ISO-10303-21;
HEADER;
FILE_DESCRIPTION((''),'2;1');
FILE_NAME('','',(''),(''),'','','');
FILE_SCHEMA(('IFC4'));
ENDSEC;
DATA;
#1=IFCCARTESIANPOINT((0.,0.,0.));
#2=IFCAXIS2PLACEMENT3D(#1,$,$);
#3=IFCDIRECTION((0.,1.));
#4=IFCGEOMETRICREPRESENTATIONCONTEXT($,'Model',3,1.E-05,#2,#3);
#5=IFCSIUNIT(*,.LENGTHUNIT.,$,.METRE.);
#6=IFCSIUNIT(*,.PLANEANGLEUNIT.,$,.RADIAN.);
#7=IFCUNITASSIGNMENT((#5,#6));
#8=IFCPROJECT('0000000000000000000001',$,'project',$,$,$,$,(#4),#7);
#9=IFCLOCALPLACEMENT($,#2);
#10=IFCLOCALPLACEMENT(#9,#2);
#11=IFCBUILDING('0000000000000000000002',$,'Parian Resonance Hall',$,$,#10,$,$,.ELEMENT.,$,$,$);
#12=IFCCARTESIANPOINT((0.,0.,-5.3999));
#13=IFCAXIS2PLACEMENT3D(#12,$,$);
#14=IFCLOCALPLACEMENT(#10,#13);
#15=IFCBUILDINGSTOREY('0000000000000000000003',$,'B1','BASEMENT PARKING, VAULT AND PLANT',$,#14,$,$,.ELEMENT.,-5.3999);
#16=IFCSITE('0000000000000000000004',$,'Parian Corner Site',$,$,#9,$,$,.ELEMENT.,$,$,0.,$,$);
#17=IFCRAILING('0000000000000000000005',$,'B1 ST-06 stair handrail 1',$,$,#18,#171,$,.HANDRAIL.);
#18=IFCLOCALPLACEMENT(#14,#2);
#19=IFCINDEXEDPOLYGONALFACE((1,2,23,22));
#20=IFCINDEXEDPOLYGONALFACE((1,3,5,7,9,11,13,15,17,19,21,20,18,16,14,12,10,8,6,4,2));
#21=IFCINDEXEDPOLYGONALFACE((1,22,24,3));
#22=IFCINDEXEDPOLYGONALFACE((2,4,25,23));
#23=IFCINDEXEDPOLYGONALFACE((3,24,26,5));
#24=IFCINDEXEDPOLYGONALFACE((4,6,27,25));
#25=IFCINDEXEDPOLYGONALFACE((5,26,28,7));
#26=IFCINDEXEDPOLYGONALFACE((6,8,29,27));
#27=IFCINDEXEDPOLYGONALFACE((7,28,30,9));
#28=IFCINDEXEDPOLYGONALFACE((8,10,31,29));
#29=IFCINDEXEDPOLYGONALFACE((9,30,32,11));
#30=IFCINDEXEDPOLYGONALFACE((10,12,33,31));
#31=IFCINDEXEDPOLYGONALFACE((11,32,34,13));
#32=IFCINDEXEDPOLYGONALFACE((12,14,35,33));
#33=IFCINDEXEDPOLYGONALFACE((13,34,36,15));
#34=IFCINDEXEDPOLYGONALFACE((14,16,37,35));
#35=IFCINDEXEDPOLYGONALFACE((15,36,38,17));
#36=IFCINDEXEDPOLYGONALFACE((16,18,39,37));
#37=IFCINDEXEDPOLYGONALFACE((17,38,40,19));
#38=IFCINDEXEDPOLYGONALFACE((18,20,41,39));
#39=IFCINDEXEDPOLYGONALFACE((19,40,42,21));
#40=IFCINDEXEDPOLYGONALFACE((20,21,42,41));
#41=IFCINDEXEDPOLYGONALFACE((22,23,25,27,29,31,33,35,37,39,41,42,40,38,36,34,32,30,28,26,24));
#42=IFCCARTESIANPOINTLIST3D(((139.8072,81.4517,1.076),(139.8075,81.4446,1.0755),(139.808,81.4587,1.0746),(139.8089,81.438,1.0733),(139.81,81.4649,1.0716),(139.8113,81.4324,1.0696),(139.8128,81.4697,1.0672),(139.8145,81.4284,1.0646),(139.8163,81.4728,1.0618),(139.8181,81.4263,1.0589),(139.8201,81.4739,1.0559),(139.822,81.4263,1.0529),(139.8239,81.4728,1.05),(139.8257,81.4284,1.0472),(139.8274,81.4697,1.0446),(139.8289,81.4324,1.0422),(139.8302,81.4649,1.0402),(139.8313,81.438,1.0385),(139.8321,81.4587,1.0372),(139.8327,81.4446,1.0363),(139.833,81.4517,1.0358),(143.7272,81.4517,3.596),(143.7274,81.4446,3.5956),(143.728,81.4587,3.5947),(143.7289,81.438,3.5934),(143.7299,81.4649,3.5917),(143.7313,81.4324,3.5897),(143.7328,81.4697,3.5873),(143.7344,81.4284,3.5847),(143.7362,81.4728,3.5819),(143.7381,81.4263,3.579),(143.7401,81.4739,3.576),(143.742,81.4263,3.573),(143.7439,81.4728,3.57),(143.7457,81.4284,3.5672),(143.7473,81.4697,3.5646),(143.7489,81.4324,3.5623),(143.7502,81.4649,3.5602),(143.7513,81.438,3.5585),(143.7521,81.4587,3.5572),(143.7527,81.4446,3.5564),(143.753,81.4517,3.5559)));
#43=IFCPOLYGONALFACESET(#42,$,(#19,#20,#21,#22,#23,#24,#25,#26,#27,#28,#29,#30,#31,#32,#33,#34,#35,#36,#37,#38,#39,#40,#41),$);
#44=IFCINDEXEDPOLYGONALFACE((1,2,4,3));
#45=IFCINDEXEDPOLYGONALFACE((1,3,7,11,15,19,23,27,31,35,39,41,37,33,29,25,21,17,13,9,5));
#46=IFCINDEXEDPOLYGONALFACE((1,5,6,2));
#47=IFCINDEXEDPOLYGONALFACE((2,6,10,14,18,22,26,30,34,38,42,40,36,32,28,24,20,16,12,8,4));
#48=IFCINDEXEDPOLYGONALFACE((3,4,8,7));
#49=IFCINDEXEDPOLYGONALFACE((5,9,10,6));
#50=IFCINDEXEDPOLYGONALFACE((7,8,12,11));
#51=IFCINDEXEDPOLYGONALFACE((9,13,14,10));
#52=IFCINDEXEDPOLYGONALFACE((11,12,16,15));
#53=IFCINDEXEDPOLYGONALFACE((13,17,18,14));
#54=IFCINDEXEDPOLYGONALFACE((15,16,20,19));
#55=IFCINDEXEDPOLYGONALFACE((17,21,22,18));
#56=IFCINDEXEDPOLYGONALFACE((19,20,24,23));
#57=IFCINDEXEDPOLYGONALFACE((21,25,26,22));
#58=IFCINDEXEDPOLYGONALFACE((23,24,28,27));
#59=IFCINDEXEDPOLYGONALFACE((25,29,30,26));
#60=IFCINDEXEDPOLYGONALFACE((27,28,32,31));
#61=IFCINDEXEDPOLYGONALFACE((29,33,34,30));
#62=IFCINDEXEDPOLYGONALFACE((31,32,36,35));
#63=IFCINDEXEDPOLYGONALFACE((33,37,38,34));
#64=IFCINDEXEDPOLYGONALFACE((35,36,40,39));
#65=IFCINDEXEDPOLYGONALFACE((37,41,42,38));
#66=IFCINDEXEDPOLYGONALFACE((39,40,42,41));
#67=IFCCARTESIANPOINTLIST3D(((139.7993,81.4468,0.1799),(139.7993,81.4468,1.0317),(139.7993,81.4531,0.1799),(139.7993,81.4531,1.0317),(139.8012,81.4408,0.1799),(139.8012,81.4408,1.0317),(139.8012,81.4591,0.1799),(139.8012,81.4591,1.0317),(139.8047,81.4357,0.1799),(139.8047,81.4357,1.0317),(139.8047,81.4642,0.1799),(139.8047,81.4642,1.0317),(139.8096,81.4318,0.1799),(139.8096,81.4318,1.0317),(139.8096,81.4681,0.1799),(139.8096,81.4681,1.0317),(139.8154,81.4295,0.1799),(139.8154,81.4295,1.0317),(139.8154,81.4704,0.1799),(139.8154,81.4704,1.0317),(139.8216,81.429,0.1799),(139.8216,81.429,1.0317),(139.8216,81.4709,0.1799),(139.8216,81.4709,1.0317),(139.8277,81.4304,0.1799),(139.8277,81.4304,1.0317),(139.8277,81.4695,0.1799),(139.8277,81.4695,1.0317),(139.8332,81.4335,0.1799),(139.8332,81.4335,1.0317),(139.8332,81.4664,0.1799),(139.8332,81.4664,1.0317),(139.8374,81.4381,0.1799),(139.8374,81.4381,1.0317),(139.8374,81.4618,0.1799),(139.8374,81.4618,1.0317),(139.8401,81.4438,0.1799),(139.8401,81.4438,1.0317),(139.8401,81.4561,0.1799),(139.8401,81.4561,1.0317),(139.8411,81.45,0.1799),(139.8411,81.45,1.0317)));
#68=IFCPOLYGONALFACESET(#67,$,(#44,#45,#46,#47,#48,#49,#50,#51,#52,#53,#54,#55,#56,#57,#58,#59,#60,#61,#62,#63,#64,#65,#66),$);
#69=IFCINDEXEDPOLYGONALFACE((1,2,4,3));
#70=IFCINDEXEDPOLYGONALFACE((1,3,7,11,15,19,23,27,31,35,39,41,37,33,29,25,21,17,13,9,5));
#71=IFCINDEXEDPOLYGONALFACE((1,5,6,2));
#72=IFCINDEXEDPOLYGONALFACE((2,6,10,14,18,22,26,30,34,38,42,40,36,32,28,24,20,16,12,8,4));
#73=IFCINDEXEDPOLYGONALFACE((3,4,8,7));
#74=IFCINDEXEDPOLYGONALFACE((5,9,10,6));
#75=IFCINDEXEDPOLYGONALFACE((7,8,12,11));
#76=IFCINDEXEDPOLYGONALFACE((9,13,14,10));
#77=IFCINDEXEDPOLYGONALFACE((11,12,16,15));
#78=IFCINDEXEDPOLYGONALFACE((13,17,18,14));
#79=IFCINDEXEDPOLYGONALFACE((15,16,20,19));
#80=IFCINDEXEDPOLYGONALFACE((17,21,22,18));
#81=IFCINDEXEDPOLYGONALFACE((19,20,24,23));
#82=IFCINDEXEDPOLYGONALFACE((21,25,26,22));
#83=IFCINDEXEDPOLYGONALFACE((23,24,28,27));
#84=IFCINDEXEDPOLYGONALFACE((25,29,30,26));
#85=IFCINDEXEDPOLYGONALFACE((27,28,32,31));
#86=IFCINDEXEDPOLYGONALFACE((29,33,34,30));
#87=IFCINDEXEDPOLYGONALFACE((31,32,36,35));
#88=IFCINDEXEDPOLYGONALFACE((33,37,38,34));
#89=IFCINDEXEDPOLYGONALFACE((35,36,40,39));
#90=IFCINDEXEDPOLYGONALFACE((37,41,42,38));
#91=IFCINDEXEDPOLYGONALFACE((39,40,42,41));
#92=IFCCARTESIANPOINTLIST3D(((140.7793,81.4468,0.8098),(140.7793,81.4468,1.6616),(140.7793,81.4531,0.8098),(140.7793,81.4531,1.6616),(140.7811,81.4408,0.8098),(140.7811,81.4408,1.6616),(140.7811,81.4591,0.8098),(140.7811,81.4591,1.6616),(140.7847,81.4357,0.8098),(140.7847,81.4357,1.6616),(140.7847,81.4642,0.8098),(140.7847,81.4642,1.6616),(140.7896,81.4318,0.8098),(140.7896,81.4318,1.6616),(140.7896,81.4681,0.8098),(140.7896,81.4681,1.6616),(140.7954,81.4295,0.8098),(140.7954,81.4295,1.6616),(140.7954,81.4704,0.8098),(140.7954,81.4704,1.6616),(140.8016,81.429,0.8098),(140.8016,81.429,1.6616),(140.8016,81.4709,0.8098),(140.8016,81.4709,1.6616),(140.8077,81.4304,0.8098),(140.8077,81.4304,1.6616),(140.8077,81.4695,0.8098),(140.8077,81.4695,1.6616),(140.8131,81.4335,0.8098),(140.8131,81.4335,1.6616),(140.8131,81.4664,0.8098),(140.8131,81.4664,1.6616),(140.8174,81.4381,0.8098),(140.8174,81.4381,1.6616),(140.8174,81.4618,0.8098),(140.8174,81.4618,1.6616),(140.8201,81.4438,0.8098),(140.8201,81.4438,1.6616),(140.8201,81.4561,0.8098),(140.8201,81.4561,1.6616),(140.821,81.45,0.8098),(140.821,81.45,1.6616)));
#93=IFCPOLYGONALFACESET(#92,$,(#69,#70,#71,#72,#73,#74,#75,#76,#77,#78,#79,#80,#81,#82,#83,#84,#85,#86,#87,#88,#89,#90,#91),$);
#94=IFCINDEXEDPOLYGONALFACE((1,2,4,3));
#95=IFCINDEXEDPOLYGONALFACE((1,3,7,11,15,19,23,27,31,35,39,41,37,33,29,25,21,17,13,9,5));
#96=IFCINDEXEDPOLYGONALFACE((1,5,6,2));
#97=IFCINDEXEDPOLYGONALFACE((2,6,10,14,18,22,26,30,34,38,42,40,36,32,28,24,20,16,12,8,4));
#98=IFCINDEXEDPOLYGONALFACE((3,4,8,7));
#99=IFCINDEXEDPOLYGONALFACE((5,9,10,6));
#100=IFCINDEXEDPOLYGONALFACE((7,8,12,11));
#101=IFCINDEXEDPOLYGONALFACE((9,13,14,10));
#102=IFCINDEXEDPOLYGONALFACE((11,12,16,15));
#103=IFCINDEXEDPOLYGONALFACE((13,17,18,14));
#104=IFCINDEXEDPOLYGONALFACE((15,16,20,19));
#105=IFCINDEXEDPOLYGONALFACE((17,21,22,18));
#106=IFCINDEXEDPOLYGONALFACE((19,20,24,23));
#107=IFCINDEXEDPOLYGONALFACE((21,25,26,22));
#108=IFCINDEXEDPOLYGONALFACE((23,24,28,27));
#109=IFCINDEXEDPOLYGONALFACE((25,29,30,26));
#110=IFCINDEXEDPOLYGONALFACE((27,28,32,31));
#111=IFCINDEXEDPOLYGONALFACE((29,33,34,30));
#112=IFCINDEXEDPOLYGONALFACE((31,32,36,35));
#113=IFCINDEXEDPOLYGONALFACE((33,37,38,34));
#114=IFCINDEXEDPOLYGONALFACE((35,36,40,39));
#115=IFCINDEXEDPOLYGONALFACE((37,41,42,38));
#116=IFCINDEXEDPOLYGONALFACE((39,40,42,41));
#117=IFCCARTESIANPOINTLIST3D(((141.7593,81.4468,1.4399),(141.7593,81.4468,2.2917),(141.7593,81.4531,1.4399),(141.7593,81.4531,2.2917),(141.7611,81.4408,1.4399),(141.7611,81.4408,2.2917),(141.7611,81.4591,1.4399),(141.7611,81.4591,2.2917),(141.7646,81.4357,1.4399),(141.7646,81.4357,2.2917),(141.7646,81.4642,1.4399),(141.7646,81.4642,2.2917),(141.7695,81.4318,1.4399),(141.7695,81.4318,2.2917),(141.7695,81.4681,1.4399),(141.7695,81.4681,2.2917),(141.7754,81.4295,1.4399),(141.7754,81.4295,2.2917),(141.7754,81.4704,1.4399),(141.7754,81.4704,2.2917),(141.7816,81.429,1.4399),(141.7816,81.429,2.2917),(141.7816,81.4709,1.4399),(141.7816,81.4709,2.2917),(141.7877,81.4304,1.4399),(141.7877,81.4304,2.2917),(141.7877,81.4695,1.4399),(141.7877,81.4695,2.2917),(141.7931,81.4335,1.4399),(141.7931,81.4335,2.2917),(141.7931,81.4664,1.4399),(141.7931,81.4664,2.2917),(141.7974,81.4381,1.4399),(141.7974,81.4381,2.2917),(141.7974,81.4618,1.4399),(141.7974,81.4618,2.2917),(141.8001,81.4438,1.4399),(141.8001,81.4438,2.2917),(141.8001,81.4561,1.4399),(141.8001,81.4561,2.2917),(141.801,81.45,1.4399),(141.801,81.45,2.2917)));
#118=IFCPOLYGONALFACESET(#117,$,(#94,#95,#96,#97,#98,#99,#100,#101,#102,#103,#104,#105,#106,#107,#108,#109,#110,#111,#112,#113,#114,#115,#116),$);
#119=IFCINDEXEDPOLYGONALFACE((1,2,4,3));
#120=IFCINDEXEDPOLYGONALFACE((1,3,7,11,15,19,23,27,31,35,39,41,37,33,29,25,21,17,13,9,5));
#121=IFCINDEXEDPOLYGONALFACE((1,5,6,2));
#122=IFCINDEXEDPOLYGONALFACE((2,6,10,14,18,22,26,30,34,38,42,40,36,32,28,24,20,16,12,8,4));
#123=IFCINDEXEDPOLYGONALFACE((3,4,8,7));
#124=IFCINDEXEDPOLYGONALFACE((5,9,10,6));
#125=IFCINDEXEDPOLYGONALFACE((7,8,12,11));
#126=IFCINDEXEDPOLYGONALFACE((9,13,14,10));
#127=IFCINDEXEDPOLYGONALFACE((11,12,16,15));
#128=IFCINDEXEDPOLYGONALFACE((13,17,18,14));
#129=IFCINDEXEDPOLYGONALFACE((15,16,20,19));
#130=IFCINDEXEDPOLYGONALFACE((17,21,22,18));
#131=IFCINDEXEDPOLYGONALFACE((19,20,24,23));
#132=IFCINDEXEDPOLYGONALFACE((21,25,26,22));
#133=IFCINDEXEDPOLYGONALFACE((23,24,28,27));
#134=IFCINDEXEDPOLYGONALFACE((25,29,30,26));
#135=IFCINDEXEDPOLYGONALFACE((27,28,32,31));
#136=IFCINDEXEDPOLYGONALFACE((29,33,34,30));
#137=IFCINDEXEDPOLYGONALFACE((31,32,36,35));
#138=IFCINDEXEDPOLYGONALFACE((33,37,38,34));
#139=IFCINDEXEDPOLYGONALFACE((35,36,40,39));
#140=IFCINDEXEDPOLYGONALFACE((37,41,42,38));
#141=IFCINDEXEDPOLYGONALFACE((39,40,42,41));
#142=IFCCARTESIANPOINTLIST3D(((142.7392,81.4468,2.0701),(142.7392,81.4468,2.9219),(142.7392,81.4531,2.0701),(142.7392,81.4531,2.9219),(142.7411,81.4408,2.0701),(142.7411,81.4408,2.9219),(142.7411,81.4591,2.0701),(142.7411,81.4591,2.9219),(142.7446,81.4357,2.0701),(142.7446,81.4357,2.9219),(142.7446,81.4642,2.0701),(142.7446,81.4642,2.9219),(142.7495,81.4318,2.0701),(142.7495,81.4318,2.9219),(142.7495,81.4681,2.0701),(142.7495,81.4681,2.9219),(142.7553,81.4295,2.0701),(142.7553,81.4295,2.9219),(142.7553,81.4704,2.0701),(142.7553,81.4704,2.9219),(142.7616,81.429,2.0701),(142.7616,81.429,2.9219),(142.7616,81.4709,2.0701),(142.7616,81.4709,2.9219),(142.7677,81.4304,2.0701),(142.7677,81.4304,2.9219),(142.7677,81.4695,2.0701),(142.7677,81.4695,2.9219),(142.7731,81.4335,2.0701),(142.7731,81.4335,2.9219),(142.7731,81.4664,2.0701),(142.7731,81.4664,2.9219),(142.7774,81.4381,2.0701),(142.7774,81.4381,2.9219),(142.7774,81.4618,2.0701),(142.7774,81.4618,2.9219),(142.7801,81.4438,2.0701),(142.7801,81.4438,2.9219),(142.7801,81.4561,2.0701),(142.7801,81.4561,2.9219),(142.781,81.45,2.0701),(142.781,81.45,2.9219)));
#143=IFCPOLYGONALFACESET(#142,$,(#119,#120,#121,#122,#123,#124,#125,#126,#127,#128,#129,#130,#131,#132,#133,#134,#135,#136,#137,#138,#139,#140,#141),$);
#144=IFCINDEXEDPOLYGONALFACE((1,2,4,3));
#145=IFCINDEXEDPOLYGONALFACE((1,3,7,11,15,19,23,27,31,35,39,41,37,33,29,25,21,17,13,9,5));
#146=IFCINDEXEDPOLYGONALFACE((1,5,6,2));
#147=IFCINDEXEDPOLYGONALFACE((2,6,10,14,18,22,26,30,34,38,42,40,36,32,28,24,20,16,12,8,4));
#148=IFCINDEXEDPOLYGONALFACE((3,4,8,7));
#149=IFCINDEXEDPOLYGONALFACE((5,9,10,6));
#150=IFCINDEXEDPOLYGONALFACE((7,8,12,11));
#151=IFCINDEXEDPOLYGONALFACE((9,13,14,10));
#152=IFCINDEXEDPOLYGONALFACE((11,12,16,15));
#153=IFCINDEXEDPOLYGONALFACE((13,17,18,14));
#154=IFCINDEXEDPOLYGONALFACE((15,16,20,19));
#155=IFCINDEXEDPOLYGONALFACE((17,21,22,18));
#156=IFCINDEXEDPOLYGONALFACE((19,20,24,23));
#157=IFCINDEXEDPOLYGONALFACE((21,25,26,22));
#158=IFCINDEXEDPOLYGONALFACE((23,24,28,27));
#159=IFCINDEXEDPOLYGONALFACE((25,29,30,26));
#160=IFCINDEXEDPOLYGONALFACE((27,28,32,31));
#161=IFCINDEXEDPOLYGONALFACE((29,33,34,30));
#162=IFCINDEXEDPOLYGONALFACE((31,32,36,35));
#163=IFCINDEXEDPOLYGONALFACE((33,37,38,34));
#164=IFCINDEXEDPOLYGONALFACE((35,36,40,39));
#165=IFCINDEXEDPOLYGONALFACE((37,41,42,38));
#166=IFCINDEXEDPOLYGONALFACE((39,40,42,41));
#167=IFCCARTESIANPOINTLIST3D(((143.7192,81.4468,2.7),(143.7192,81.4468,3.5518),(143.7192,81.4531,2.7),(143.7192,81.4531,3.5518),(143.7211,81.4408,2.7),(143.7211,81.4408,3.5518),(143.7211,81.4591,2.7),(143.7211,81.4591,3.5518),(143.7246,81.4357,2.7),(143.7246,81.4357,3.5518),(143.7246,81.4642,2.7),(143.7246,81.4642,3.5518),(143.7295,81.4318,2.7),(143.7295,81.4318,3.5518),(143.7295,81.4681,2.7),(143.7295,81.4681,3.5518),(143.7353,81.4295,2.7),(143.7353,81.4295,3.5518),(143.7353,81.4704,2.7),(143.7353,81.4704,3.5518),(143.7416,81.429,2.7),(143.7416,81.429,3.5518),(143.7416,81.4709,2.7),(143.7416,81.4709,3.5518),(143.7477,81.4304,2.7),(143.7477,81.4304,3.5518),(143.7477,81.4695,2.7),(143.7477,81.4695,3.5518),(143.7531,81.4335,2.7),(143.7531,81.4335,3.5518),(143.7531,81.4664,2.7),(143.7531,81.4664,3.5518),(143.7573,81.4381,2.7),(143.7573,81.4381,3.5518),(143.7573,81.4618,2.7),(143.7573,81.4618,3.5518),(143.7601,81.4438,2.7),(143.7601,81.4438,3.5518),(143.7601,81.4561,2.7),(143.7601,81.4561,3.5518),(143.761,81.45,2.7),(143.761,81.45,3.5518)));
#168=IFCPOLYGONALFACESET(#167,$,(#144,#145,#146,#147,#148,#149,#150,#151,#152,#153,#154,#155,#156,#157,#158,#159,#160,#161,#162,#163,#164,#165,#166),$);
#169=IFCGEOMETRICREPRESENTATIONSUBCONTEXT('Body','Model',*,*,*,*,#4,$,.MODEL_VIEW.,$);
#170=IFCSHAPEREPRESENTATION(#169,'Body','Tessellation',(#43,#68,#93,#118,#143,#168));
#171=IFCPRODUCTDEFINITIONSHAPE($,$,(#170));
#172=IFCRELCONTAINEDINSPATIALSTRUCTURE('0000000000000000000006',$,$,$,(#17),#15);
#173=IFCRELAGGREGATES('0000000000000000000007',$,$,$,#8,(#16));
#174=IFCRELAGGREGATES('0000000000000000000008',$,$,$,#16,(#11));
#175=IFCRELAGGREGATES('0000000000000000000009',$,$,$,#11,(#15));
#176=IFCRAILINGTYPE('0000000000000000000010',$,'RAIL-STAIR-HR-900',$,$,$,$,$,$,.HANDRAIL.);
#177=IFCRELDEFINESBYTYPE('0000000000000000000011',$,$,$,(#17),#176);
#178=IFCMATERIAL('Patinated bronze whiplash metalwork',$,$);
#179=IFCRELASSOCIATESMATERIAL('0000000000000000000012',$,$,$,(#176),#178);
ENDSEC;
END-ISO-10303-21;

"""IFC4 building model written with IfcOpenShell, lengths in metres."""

from ifc_helpers import new_model, si_unit, direction, frame, origin, origin_2d, place, context, subcontext, project, spatial, circle, extrude, material, type_object, element, save


model = new_model("IFC4")

# Units and contexts
model_context = context("Model", 3, precision=1e-05, world=origin(), true_north=direction((0.0, 1.0)))
body_context = subcontext(model_context, "Body", "Model", "MODEL_VIEW")
ifc_project = project(units=[si_unit("LENGTHUNIT", "METRE"), si_unit("PLANEANGLEUNIT", "RADIAN")], contexts=[model_context])

# Site, building, storey
site_placement = place(None, origin())
site = spatial("IfcSite", under=ifc_project, at=site_placement, Name="Parian Corner Site", CompositionType="ELEMENT", RefElevation=0.0)
building_placement = place(site_placement, origin())
building = spatial("IfcBuilding", under=site, at=building_placement, Name="Parian Resonance Hall", CompositionType="ELEMENT")
storey_placement = place(building_placement, frame((0.0, 0.0, -5.3999)))
storey = spatial("IfcBuildingStorey", under=building, at=storey_placement, Name="B1", Description="BASEMENT PARKING, VAULT AND PLANT", CompositionType="ELEMENT", Elevation=-5.3999)

# Railing
ifc_material_1 = material(Name="Patinated bronze whiplash metalwork")
railing_type_1 = type_object("IfcRailingType", Name="RAIL-STAIR-HR-900", PredefinedType="HANDRAIL", material=ifc_material_1)
railing_1_placement = place(storey_placement, frame((139.8201, 81.45, 0.1799)))
element("IfcRailing", 1, at=railing_1_placement, inside=storey, type_object=railing_type_1, Name="B1 ST-06 stair handrail 1", PredefinedType="HANDRAIL", context=body_context, shape_type="SweptSolid", body=[
    extrude(circle(Radius=0.0239, at=origin_2d()), frame((0.0, 0.0, 0.876), z_axis=(0.841172, 0.0, 0.540768), x_axis=(0.0, 1.0, 0.0)), (0.0, 0.0, 1.0), 4.6602),
    extrude(circle(Radius=0.021, at=origin_2d()), origin(), (0.0, 0.0, 1.0), 0.8518),
    extrude(circle(Radius=0.021, at=origin_2d()), frame((0.98, 0.0, 0.6299)), (0.0, 0.0, 1.0), 0.8518),
    extrude(circle(Radius=0.021, at=origin_2d()), frame((1.96, 0.0, 1.26)), (0.0, 0.0, 1.0), 0.8518),
    extrude(circle(Radius=0.021, at=origin_2d()), frame((2.9399, 0.0, 1.8901)), (0.0, 0.0, 1.0), 0.8518),
    extrude(circle(Radius=0.021, at=origin_2d()), frame((3.9199, 0.0, 2.52)), (0.0, 0.0, 1.0), 0.8518),
])

save(model, "model.ifc")
